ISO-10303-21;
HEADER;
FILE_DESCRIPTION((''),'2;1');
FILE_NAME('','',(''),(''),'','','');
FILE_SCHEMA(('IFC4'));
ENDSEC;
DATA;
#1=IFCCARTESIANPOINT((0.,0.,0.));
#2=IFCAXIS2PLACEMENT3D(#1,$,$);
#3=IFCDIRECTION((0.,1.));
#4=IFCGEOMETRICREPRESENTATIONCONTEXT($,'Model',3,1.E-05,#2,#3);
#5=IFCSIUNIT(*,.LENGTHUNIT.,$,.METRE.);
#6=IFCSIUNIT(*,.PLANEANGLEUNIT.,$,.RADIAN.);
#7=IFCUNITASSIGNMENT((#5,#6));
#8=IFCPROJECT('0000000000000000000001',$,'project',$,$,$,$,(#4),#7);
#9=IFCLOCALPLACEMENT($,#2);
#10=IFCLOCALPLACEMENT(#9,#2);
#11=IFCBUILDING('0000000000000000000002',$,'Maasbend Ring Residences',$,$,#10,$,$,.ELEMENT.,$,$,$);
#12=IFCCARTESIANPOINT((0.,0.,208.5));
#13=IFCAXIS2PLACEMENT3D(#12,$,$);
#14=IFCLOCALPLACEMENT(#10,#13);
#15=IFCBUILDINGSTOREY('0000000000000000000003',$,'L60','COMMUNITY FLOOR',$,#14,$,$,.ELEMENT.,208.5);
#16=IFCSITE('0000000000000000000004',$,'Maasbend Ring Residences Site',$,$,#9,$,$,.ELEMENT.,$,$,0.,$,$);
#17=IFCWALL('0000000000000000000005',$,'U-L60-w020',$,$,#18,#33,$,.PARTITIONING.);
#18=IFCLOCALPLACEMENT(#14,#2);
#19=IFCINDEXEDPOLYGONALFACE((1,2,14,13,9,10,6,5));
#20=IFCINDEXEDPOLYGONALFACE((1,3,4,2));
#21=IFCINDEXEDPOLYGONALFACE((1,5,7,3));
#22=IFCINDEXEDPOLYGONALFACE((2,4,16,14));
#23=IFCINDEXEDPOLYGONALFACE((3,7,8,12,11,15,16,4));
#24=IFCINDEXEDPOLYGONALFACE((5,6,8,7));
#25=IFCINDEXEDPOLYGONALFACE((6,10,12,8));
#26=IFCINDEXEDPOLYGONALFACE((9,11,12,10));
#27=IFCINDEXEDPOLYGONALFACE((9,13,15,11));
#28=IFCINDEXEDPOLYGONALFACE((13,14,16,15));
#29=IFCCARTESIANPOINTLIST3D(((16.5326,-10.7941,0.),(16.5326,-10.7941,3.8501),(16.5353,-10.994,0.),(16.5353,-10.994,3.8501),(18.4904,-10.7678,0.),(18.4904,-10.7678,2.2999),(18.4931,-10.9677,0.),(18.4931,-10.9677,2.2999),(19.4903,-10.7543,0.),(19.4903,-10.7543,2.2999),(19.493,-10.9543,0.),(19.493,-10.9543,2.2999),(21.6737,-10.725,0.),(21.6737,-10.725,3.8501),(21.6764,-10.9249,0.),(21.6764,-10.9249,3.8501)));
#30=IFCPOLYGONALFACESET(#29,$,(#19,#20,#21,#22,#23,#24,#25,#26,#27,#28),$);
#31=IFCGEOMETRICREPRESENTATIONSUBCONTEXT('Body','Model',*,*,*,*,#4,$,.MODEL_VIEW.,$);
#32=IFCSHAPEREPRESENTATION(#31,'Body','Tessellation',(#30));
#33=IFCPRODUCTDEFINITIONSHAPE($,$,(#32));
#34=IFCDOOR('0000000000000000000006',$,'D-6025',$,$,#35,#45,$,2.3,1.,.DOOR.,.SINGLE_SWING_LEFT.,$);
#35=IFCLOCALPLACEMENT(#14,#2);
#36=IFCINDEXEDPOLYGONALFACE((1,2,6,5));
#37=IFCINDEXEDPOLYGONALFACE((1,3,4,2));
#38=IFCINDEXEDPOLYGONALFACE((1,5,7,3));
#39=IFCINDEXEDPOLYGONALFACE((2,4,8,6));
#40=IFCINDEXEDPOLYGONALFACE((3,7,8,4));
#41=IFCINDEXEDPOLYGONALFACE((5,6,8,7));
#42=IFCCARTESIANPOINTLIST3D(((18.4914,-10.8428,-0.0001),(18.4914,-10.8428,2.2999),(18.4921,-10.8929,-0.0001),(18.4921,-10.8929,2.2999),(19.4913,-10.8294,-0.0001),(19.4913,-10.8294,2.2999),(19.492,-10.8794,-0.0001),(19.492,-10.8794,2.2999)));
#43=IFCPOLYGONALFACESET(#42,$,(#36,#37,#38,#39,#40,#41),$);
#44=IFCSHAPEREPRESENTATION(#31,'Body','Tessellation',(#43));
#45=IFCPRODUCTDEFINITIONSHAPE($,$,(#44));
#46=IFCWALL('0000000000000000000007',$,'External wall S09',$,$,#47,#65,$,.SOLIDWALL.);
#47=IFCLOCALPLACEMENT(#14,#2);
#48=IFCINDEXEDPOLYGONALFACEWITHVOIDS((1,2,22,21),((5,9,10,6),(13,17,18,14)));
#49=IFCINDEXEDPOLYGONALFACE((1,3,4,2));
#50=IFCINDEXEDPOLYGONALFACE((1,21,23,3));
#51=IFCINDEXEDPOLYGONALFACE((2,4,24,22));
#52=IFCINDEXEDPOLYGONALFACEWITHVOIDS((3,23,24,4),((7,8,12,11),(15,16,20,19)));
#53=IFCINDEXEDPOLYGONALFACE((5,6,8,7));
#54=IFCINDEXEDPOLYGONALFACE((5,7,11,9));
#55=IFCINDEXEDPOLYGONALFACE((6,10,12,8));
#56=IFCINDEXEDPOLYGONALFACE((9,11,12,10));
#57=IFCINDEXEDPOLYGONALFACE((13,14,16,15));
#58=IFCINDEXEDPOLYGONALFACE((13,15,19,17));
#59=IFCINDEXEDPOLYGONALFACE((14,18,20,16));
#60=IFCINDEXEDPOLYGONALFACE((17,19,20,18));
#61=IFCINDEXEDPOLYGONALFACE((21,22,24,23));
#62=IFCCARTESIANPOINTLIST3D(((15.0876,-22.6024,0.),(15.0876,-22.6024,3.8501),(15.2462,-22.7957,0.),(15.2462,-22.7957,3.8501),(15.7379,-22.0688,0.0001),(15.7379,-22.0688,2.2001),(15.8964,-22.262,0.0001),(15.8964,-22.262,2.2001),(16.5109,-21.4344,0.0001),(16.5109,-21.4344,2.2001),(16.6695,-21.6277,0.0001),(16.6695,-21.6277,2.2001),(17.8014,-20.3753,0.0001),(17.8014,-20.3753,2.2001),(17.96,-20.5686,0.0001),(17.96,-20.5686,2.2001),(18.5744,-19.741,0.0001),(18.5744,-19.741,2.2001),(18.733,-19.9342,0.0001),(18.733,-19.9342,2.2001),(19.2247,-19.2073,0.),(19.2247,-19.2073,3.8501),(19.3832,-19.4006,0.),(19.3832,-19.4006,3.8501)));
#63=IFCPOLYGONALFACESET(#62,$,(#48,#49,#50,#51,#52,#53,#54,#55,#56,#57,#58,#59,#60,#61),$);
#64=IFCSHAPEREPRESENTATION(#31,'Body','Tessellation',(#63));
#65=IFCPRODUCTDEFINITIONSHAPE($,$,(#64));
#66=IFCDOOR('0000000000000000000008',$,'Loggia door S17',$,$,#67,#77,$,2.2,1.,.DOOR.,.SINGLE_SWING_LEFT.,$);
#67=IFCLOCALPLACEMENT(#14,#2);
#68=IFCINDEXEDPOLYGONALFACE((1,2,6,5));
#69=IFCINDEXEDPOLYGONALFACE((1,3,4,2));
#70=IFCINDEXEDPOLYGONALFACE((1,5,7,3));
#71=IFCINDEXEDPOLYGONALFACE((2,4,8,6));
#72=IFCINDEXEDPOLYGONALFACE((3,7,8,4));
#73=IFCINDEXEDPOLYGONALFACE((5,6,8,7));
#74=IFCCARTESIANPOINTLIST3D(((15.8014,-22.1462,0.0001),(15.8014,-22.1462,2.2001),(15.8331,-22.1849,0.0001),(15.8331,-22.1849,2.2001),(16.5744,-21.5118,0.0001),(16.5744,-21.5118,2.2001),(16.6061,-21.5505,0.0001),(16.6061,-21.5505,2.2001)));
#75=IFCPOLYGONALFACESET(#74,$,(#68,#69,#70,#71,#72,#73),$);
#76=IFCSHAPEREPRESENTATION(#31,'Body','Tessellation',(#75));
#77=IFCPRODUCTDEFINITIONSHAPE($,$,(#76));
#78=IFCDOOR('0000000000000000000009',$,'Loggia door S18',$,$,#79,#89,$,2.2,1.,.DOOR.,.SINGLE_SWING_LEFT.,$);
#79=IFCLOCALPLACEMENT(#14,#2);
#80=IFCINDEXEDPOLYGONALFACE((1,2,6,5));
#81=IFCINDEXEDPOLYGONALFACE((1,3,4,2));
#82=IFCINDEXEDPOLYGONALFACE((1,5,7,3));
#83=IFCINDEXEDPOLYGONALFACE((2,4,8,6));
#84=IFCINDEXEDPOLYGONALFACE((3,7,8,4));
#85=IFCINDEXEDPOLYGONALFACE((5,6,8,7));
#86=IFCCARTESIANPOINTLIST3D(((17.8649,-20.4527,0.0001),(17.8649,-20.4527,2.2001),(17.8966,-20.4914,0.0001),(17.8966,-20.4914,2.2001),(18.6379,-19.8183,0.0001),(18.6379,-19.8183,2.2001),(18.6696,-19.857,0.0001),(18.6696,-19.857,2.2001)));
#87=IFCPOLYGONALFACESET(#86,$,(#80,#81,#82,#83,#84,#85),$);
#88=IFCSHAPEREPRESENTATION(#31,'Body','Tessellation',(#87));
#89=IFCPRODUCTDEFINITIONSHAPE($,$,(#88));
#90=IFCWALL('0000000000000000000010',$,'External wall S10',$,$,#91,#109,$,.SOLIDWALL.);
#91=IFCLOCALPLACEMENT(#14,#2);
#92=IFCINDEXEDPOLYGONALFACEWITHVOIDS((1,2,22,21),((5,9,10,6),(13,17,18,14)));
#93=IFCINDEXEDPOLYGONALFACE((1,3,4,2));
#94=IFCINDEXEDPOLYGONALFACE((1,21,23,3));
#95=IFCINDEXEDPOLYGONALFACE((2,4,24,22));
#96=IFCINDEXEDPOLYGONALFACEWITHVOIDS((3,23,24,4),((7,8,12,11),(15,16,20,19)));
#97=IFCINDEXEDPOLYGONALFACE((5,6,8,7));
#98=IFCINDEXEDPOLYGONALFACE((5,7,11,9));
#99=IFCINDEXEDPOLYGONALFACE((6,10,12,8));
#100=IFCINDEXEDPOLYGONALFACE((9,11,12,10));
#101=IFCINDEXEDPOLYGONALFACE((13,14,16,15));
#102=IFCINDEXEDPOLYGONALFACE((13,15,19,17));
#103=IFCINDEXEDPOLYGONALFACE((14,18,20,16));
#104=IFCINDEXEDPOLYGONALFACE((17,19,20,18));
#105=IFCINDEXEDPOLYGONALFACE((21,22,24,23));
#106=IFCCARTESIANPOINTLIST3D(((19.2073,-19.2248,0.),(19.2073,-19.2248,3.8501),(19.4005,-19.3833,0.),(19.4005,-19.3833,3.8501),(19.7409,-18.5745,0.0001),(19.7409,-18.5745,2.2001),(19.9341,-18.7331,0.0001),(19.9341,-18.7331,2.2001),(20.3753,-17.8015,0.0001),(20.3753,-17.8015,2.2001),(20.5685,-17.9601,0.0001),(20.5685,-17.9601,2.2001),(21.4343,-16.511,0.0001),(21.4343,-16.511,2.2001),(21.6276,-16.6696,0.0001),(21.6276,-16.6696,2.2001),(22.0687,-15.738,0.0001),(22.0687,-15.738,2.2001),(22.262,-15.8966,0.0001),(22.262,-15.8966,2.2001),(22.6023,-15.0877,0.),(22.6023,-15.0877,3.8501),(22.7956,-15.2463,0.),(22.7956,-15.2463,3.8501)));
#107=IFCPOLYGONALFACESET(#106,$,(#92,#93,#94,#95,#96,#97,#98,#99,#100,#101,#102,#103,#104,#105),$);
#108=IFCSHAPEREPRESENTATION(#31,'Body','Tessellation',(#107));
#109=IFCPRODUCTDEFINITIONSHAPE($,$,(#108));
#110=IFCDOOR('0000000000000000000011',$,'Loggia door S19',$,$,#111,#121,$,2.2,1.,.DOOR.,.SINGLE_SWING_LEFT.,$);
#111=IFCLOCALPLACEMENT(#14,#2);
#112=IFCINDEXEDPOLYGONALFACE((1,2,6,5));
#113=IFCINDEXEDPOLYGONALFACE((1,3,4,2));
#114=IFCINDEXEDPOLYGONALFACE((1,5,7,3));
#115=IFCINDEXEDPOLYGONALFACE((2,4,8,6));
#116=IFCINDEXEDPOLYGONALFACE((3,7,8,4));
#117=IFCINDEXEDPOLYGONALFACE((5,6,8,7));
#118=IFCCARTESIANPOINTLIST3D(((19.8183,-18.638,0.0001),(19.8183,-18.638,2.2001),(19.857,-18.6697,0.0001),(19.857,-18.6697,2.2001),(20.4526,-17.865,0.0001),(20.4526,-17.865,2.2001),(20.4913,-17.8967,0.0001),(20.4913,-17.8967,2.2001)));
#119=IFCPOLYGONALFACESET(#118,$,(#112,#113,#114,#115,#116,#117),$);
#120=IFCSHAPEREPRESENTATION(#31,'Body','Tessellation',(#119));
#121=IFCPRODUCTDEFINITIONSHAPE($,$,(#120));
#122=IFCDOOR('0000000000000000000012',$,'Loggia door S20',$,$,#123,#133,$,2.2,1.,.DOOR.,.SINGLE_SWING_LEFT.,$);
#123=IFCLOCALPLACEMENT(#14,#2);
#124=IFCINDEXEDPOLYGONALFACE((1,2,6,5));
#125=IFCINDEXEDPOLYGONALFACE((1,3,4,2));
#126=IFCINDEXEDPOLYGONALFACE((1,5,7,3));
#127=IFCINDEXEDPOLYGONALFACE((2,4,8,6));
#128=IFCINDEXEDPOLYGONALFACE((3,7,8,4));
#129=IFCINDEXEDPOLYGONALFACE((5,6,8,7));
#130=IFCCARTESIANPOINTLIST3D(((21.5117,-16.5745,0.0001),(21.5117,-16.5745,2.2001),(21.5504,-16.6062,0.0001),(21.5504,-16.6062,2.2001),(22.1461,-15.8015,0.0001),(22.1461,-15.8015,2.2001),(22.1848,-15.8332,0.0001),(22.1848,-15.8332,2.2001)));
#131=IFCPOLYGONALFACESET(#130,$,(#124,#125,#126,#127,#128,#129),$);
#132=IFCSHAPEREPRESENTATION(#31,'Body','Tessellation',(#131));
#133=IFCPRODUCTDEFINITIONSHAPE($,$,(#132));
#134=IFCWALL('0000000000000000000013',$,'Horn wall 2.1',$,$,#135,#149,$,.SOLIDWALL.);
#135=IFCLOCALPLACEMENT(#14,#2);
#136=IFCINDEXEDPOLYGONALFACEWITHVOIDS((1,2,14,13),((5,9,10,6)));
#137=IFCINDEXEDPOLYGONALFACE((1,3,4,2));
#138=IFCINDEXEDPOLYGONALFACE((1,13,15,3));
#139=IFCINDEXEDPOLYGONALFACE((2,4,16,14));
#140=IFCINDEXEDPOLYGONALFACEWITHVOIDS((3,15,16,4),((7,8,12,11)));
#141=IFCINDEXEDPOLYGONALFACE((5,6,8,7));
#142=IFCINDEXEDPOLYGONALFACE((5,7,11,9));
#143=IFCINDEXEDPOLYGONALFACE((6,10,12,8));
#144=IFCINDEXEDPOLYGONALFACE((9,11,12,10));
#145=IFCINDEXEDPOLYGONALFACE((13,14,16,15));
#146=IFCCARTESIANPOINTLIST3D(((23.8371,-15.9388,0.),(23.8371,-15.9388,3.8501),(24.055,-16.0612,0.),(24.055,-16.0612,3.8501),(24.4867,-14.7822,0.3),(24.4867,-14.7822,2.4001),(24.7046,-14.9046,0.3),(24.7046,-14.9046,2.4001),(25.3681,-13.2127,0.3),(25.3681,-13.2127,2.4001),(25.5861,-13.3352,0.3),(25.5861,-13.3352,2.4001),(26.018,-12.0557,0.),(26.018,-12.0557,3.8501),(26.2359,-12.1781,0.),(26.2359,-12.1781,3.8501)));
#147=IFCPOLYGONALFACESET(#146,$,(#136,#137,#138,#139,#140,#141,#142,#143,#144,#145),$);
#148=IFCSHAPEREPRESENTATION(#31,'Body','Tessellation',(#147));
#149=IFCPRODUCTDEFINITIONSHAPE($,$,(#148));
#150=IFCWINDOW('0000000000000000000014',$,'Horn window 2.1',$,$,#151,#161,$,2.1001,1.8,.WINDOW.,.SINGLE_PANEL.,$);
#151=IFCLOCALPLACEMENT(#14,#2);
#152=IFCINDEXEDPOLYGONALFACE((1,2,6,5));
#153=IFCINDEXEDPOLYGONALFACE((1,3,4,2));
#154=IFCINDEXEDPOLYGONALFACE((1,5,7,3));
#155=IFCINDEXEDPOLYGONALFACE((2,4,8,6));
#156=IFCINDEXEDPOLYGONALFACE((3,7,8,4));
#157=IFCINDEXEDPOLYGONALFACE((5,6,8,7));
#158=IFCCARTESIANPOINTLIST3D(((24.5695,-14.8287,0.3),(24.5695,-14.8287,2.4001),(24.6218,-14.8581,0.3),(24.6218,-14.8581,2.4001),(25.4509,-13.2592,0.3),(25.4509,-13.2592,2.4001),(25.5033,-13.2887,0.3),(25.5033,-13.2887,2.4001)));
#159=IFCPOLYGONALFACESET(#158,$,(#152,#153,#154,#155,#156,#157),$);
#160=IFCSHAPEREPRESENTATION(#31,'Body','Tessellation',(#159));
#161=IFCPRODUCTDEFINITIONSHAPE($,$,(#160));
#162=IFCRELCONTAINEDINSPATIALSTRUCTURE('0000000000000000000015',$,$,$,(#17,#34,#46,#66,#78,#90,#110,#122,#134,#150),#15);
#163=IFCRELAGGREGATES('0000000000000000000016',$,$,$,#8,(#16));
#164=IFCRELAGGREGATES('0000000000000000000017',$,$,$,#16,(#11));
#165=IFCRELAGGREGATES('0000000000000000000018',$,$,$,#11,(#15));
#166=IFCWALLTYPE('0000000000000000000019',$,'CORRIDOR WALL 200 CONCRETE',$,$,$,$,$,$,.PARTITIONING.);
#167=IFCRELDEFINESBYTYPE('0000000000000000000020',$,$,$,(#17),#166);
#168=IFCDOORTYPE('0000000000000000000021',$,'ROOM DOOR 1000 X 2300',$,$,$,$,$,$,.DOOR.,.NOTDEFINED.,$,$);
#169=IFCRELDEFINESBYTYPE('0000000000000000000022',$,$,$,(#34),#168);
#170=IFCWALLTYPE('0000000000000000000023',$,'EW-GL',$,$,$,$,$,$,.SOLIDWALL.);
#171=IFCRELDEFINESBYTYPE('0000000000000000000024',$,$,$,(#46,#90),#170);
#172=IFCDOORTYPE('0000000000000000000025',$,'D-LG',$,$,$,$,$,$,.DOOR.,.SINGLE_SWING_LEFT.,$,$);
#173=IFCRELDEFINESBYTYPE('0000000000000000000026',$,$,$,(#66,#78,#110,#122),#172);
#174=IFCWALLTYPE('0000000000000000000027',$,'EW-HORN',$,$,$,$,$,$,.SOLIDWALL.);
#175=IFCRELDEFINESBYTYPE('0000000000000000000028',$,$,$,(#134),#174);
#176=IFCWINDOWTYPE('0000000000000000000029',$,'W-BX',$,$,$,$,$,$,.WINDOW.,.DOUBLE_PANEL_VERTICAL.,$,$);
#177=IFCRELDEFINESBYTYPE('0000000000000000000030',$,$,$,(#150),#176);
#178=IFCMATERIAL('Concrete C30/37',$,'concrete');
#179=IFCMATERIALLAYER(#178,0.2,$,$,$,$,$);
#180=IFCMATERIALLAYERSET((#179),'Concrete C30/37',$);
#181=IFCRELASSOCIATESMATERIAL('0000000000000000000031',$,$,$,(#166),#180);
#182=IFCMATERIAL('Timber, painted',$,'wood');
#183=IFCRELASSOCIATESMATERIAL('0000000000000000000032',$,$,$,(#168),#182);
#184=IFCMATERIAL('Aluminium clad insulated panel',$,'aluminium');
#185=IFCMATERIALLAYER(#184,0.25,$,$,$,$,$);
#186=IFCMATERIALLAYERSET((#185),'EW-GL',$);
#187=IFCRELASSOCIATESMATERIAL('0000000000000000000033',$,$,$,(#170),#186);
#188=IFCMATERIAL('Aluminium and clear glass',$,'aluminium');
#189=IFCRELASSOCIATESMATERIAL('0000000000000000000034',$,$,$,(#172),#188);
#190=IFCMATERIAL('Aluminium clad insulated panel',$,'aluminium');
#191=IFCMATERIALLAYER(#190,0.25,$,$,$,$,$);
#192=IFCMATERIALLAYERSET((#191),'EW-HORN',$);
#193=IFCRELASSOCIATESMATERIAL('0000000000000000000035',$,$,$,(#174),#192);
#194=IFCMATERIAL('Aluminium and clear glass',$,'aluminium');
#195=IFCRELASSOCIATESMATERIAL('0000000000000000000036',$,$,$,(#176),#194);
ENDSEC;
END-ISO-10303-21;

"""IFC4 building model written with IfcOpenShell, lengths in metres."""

from ifc_helpers import new_model, si_unit, direction, frame, frame_2d, origin, place, context, subcontext, project, spatial, rectangle, extrude, material, layer, layer_set, type_object, element, fill, save


model = new_model("IFC4")

# Units and contexts
model_context = context("Model", 3, precision=1e-05, world=origin(), true_north=direction((0.0, 1.0)))
body_context = subcontext(model_context, "Body", "Model", "MODEL_VIEW")
ifc_project = project(units=[si_unit("LENGTHUNIT", "METRE"), si_unit("PLANEANGLEUNIT", "RADIAN")], contexts=[model_context])

# Site, building, storey
site_placement = place(None, origin())
site = spatial("IfcSite", under=ifc_project, at=site_placement, Name="Maasbend Ring Residences Site", CompositionType="ELEMENT", RefElevation=0.0)
building_placement = place(site_placement, origin())
building = spatial("IfcBuilding", under=site, at=building_placement, Name="Maasbend Ring Residences", CompositionType="ELEMENT")
storey_placement = place(building_placement, frame((0.0, 0.0, 208.5)))
storey = spatial("IfcBuildingStorey", under=building, at=storey_placement, Name="L60", Description="COMMUNITY FLOOR", CompositionType="ELEMENT", Elevation=208.5)

# Shared definitions
ifc_material_1 = material(Name="Concrete C30/37", Category="concrete")
ifc_layer_1 = layer(ifc_material_1, 0.2)
ifc_layer_set_1 = layer_set([ifc_layer_1], Name="Concrete C30/37")
wall_type_1 = type_object("IfcWallType", Name="CORRIDOR WALL 200 CONCRETE", PredefinedType="PARTITIONING", material=ifc_layer_set_1)

# Wall, opening, door
wall_1_placement = place(storey_placement, frame((16.5339, -10.894, 0.0), z_axis=(0.0, 0.0, 1.0), x_axis=(0.99991, 0.013438, 0.0)))
wall_1 = element("IfcWall", 1, at=wall_1_placement, inside=storey, type_object=wall_type_1, Name="U-L60-w020", PredefinedType="PARTITIONING", context=body_context, shape_type="SweptSolid", body=[
    extrude(rectangle(XDim=5.1416, YDim=0.2, at=frame_2d((2.5708, 0.0))), origin(), (0.0, 0.0, 1.0), 3.8501),
])
opening_1_placement = place(wall_1_placement, frame((1.958, 0.0, 0.0)))
opening_1 = element("IfcOpeningElement", 2, at=opening_1_placement, cuts=wall_1, PredefinedType="OPENING", context=body_context, shape_type="SweptSolid", body=[
    extrude(rectangle(XDim=1.0, YDim=2.3, at=frame_2d((0.5, 1.1499))), frame((0.0, 0.1099, 0.0), z_axis=(0.0, -1.0, 0.0), x_axis=(1.0, 0.0, 0.0)), (0.0, 0.0, 1.0), 0.22),
])
ifc_material_2 = material(Name="Timber, painted", Category="wood")
door_type_1 = type_object("IfcDoorType", Name="ROOM DOOR 1000 X 2300", OperationType="NOTDEFINED", PredefinedType="DOOR", material=ifc_material_2)
door_1_placement = place(opening_1_placement, origin())
door_1 = element("IfcDoor", 3, at=door_1_placement, inside=storey, type_object=door_type_1, Name="D-6025", OperationType="SINGLE_SWING_LEFT", OverallHeight=2.3, OverallWidth=1.0, PredefinedType="DOOR", context=body_context, shape_type="SweptSolid", body=[
    extrude(rectangle(XDim=1.0, YDim=2.3, at=frame_2d((0.5, 1.1499))), frame((0.0, 0.0249, 0.0), z_axis=(0.0, -1.0, 0.0), x_axis=(1.0, 0.0, 0.0)), (0.0, 0.0, 1.0), 0.05),
])
fill(opening_1, door_1)

# Walls, openings, doors
ifc_material_3 = material(Name="Aluminium clad insulated panel", Category="aluminium")
ifc_layer_2 = layer(ifc_material_3, 0.25)
ifc_layer_set_2 = layer_set([ifc_layer_2], Name="EW-GL")
wall_type_2 = type_object("IfcWallType", Name="EW-GL", PredefinedType="SOLIDWALL", material=ifc_layer_set_2)
wall_2_placement = place(storey_placement, frame((15.167, -22.699, 0.0), z_axis=(0.0, 0.0, 1.0), x_axis=(0.773019, 0.634382, 0.0)))
wall_2 = element("IfcWall", 4, at=wall_2_placement, inside=storey, type_object=wall_type_2, Name="External wall S09", PredefinedType="SOLIDWALL", context=body_context, shape_type="SweptSolid", body=[
    extrude(rectangle(XDim=5.3518, YDim=0.25, at=frame_2d((2.6758, 0.0))), origin(), (0.0, 0.0, 1.0), 3.8501),
])
opening_2_placement = place(wall_2_placement, frame((0.8411, 0.0, 0.0)))
opening_2 = element("IfcOpeningElement", 5, at=opening_2_placement, cuts=wall_2, PredefinedType="OPENING", context=body_context, shape_type="SweptSolid", body=[
    extrude(rectangle(XDim=1.0, YDim=2.2, at=frame_2d((0.5, 1.1001))), frame((0.0, 0.135, 0.0), z_axis=(0.0, -1.0, 0.0), x_axis=(1.0, 0.0, 0.0)), (0.0, 0.0, 1.0), 0.27),
])
opening_3_placement = place(wall_2_placement, frame((3.5105, 0.0, 0.0)))
opening_3 = element("IfcOpeningElement", 6, at=opening_3_placement, cuts=wall_2, PredefinedType="OPENING", context=body_context, shape_type="SweptSolid", body=[
    extrude(rectangle(XDim=1.0, YDim=2.2, at=frame_2d((0.5, 1.1001))), frame((0.0, 0.135, 0.0), z_axis=(0.0, -1.0, 0.0), x_axis=(1.0, 0.0, 0.0)), (0.0, 0.0, 1.0), 0.27),
])
ifc_material_4 = material(Name="Aluminium and clear glass", Category="aluminium")
door_type_2 = type_object("IfcDoorType", Name="D-LG", OperationType="SINGLE_SWING_LEFT", PredefinedType="DOOR", material=ifc_material_4)
door_2_placement = place(opening_2_placement, origin())
door_2 = element("IfcDoor", 7, at=door_2_placement, inside=storey, type_object=door_type_2, Name="Loggia door S17", OperationType="SINGLE_SWING_LEFT", OverallHeight=2.2, OverallWidth=1.0, PredefinedType="DOOR", context=body_context, shape_type="SweptSolid", body=[
    extrude(rectangle(XDim=1.0, YDim=2.2, at=frame_2d((0.5, 1.1001))), frame((0.0, 0.0249, 0.0), z_axis=(0.0, -1.0, 0.0), x_axis=(1.0, 0.0, 0.0)), (0.0, 0.0, 1.0), 0.05),
])
fill(opening_2, door_2)
door_3_placement = place(opening_3_placement, origin())
door_3 = element("IfcDoor", 8, at=door_3_placement, inside=storey, type_object=door_type_2, Name="Loggia door S18", OperationType="SINGLE_SWING_LEFT", OverallHeight=2.2, OverallWidth=1.0, PredefinedType="DOOR", context=body_context, shape_type="SweptSolid", body=[
    extrude(rectangle(XDim=1.0, YDim=2.2, at=frame_2d((0.5, 1.1001))), frame((0.0, 0.0249, 0.0), z_axis=(0.0, -1.0, 0.0), x_axis=(1.0, 0.0, 0.0)), (0.0, 0.0, 1.0), 0.05),
])
fill(opening_3, door_3)
wall_3_placement = place(storey_placement, frame((19.304, -19.304, 0.0), z_axis=(0.0, 0.0, 1.0), x_axis=(0.634382, 0.773019, 0.0)))
wall_3 = element("IfcWall", 9, at=wall_3_placement, inside=storey, type_object=wall_type_2, Name="External wall S10", PredefinedType="SOLIDWALL", context=body_context, shape_type="SweptSolid", body=[
    extrude(rectangle(XDim=5.3518, YDim=0.25, at=frame_2d((2.6758, 0.0))), origin(), (0.0, 0.0, 1.0), 3.8501),
])
opening_4_placement = place(wall_3_placement, frame((0.8411, 0.0, 0.0)))
opening_4 = element("IfcOpeningElement", 10, at=opening_4_placement, cuts=wall_3, PredefinedType="OPENING", context=body_context, shape_type="SweptSolid", body=[
    extrude(rectangle(XDim=1.0, YDim=2.2, at=frame_2d((0.5, 1.1001))), frame((0.0, 0.135, 0.0), z_axis=(0.0, -1.0, 0.0), x_axis=(1.0, 0.0, 0.0)), (0.0, 0.0, 1.0), 0.27),
])
opening_5_placement = place(wall_3_placement, frame((3.5105, 0.0, 0.0)))
opening_5 = element("IfcOpeningElement", 11, at=opening_5_placement, cuts=wall_3, PredefinedType="OPENING", context=body_context, shape_type="SweptSolid", body=[
    extrude(rectangle(XDim=1.0, YDim=2.2, at=frame_2d((0.5, 1.1001))), frame((0.0, 0.135, 0.0), z_axis=(0.0, -1.0, 0.0), x_axis=(1.0, 0.0, 0.0)), (0.0, 0.0, 1.0), 0.27),
])
door_4_placement = place(opening_4_placement, origin())
door_4 = element("IfcDoor", 12, at=door_4_placement, inside=storey, type_object=door_type_2, Name="Loggia door S19", OperationType="SINGLE_SWING_LEFT", OverallHeight=2.2, OverallWidth=1.0, PredefinedType="DOOR", context=body_context, shape_type="SweptSolid", body=[
    extrude(rectangle(XDim=1.0, YDim=2.2, at=frame_2d((0.5, 1.1001))), frame((0.0, 0.0249, 0.0), z_axis=(0.0, -1.0, 0.0), x_axis=(1.0, 0.0, 0.0)), (0.0, 0.0, 1.0), 0.05),
])
fill(opening_4, door_4)
door_5_placement = place(opening_5_placement, origin())
door_5 = element("IfcDoor", 13, at=door_5_placement, inside=storey, type_object=door_type_2, Name="Loggia door S20", OperationType="SINGLE_SWING_LEFT", OverallHeight=2.2, OverallWidth=1.0, PredefinedType="DOOR", context=body_context, shape_type="SweptSolid", body=[
    extrude(rectangle(XDim=1.0, YDim=2.2, at=frame_2d((0.5, 1.1001))), frame((0.0, 0.0249, 0.0), z_axis=(0.0, -1.0, 0.0), x_axis=(1.0, 0.0, 0.0)), (0.0, 0.0, 1.0), 0.05),
])
fill(opening_5, door_5)

# Wall, opening, window
ifc_material_5 = material(Name="Aluminium clad insulated panel", Category="aluminium")
ifc_layer_3 = layer(ifc_material_5, 0.25)
ifc_layer_set_3 = layer_set([ifc_layer_3], Name="EW-HORN")
wall_type_3 = type_object("IfcWallType", Name="EW-HORN", PredefinedType="SOLIDWALL", material=ifc_layer_set_3)
wall_4_placement = place(storey_placement, frame((23.946, -16.0, 0.0), z_axis=(0.0, 0.0, 1.0), x_axis=(0.489696, 0.871893, 0.0)))
wall_4 = element("IfcWall", 14, at=wall_4_placement, inside=storey, type_object=wall_type_3, Name="Horn wall 2.1", PredefinedType="SOLIDWALL", context=body_context, shape_type="SweptSolid", body=[
    extrude(rectangle(XDim=4.4536, YDim=0.25, at=frame_2d((2.2268, 0.0))), origin(), (0.0, 0.0, 1.0), 3.8501),
])
opening_6_placement = place(wall_4_placement, frame((1.3267, 0.0, 0.3)))
opening_6 = element("IfcOpeningElement", 15, at=opening_6_placement, cuts=wall_4, PredefinedType="OPENING", context=body_context, shape_type="SweptSolid", body=[
    extrude(rectangle(XDim=1.8, YDim=2.1001, at=frame_2d((0.8999, 1.05))), frame((0.0, 0.135, 0.0), z_axis=(0.0, -1.0, 0.0), x_axis=(1.0, 0.0, 0.0)), (0.0, 0.0, 1.0), 0.27),
])
ifc_material_6 = material(Name="Aluminium and clear glass", Category="aluminium")
window_type_1 = type_object("IfcWindowType", Name="W-BX", PartitioningType="DOUBLE_PANEL_VERTICAL", PredefinedType="WINDOW", material=ifc_material_6)
window_1_placement = place(opening_6_placement, origin())
window_1 = element("IfcWindow", 16, at=window_1_placement, inside=storey, type_object=window_type_1, Name="Horn window 2.1", OverallHeight=2.1001, OverallWidth=1.8, PartitioningType="SINGLE_PANEL", PredefinedType="WINDOW", context=body_context, shape_type="SweptSolid", body=[
    extrude(rectangle(XDim=1.8, YDim=2.1001, at=frame_2d((0.8999, 1.05))), frame((0.0, 0.03, 0.0), z_axis=(0.0, -1.0, 0.0), x_axis=(1.0, 0.0, 0.0)), (0.0, 0.0, 1.0), 0.0601),
])
fill(opening_6, window_1)

save(model, "model.ifc")
